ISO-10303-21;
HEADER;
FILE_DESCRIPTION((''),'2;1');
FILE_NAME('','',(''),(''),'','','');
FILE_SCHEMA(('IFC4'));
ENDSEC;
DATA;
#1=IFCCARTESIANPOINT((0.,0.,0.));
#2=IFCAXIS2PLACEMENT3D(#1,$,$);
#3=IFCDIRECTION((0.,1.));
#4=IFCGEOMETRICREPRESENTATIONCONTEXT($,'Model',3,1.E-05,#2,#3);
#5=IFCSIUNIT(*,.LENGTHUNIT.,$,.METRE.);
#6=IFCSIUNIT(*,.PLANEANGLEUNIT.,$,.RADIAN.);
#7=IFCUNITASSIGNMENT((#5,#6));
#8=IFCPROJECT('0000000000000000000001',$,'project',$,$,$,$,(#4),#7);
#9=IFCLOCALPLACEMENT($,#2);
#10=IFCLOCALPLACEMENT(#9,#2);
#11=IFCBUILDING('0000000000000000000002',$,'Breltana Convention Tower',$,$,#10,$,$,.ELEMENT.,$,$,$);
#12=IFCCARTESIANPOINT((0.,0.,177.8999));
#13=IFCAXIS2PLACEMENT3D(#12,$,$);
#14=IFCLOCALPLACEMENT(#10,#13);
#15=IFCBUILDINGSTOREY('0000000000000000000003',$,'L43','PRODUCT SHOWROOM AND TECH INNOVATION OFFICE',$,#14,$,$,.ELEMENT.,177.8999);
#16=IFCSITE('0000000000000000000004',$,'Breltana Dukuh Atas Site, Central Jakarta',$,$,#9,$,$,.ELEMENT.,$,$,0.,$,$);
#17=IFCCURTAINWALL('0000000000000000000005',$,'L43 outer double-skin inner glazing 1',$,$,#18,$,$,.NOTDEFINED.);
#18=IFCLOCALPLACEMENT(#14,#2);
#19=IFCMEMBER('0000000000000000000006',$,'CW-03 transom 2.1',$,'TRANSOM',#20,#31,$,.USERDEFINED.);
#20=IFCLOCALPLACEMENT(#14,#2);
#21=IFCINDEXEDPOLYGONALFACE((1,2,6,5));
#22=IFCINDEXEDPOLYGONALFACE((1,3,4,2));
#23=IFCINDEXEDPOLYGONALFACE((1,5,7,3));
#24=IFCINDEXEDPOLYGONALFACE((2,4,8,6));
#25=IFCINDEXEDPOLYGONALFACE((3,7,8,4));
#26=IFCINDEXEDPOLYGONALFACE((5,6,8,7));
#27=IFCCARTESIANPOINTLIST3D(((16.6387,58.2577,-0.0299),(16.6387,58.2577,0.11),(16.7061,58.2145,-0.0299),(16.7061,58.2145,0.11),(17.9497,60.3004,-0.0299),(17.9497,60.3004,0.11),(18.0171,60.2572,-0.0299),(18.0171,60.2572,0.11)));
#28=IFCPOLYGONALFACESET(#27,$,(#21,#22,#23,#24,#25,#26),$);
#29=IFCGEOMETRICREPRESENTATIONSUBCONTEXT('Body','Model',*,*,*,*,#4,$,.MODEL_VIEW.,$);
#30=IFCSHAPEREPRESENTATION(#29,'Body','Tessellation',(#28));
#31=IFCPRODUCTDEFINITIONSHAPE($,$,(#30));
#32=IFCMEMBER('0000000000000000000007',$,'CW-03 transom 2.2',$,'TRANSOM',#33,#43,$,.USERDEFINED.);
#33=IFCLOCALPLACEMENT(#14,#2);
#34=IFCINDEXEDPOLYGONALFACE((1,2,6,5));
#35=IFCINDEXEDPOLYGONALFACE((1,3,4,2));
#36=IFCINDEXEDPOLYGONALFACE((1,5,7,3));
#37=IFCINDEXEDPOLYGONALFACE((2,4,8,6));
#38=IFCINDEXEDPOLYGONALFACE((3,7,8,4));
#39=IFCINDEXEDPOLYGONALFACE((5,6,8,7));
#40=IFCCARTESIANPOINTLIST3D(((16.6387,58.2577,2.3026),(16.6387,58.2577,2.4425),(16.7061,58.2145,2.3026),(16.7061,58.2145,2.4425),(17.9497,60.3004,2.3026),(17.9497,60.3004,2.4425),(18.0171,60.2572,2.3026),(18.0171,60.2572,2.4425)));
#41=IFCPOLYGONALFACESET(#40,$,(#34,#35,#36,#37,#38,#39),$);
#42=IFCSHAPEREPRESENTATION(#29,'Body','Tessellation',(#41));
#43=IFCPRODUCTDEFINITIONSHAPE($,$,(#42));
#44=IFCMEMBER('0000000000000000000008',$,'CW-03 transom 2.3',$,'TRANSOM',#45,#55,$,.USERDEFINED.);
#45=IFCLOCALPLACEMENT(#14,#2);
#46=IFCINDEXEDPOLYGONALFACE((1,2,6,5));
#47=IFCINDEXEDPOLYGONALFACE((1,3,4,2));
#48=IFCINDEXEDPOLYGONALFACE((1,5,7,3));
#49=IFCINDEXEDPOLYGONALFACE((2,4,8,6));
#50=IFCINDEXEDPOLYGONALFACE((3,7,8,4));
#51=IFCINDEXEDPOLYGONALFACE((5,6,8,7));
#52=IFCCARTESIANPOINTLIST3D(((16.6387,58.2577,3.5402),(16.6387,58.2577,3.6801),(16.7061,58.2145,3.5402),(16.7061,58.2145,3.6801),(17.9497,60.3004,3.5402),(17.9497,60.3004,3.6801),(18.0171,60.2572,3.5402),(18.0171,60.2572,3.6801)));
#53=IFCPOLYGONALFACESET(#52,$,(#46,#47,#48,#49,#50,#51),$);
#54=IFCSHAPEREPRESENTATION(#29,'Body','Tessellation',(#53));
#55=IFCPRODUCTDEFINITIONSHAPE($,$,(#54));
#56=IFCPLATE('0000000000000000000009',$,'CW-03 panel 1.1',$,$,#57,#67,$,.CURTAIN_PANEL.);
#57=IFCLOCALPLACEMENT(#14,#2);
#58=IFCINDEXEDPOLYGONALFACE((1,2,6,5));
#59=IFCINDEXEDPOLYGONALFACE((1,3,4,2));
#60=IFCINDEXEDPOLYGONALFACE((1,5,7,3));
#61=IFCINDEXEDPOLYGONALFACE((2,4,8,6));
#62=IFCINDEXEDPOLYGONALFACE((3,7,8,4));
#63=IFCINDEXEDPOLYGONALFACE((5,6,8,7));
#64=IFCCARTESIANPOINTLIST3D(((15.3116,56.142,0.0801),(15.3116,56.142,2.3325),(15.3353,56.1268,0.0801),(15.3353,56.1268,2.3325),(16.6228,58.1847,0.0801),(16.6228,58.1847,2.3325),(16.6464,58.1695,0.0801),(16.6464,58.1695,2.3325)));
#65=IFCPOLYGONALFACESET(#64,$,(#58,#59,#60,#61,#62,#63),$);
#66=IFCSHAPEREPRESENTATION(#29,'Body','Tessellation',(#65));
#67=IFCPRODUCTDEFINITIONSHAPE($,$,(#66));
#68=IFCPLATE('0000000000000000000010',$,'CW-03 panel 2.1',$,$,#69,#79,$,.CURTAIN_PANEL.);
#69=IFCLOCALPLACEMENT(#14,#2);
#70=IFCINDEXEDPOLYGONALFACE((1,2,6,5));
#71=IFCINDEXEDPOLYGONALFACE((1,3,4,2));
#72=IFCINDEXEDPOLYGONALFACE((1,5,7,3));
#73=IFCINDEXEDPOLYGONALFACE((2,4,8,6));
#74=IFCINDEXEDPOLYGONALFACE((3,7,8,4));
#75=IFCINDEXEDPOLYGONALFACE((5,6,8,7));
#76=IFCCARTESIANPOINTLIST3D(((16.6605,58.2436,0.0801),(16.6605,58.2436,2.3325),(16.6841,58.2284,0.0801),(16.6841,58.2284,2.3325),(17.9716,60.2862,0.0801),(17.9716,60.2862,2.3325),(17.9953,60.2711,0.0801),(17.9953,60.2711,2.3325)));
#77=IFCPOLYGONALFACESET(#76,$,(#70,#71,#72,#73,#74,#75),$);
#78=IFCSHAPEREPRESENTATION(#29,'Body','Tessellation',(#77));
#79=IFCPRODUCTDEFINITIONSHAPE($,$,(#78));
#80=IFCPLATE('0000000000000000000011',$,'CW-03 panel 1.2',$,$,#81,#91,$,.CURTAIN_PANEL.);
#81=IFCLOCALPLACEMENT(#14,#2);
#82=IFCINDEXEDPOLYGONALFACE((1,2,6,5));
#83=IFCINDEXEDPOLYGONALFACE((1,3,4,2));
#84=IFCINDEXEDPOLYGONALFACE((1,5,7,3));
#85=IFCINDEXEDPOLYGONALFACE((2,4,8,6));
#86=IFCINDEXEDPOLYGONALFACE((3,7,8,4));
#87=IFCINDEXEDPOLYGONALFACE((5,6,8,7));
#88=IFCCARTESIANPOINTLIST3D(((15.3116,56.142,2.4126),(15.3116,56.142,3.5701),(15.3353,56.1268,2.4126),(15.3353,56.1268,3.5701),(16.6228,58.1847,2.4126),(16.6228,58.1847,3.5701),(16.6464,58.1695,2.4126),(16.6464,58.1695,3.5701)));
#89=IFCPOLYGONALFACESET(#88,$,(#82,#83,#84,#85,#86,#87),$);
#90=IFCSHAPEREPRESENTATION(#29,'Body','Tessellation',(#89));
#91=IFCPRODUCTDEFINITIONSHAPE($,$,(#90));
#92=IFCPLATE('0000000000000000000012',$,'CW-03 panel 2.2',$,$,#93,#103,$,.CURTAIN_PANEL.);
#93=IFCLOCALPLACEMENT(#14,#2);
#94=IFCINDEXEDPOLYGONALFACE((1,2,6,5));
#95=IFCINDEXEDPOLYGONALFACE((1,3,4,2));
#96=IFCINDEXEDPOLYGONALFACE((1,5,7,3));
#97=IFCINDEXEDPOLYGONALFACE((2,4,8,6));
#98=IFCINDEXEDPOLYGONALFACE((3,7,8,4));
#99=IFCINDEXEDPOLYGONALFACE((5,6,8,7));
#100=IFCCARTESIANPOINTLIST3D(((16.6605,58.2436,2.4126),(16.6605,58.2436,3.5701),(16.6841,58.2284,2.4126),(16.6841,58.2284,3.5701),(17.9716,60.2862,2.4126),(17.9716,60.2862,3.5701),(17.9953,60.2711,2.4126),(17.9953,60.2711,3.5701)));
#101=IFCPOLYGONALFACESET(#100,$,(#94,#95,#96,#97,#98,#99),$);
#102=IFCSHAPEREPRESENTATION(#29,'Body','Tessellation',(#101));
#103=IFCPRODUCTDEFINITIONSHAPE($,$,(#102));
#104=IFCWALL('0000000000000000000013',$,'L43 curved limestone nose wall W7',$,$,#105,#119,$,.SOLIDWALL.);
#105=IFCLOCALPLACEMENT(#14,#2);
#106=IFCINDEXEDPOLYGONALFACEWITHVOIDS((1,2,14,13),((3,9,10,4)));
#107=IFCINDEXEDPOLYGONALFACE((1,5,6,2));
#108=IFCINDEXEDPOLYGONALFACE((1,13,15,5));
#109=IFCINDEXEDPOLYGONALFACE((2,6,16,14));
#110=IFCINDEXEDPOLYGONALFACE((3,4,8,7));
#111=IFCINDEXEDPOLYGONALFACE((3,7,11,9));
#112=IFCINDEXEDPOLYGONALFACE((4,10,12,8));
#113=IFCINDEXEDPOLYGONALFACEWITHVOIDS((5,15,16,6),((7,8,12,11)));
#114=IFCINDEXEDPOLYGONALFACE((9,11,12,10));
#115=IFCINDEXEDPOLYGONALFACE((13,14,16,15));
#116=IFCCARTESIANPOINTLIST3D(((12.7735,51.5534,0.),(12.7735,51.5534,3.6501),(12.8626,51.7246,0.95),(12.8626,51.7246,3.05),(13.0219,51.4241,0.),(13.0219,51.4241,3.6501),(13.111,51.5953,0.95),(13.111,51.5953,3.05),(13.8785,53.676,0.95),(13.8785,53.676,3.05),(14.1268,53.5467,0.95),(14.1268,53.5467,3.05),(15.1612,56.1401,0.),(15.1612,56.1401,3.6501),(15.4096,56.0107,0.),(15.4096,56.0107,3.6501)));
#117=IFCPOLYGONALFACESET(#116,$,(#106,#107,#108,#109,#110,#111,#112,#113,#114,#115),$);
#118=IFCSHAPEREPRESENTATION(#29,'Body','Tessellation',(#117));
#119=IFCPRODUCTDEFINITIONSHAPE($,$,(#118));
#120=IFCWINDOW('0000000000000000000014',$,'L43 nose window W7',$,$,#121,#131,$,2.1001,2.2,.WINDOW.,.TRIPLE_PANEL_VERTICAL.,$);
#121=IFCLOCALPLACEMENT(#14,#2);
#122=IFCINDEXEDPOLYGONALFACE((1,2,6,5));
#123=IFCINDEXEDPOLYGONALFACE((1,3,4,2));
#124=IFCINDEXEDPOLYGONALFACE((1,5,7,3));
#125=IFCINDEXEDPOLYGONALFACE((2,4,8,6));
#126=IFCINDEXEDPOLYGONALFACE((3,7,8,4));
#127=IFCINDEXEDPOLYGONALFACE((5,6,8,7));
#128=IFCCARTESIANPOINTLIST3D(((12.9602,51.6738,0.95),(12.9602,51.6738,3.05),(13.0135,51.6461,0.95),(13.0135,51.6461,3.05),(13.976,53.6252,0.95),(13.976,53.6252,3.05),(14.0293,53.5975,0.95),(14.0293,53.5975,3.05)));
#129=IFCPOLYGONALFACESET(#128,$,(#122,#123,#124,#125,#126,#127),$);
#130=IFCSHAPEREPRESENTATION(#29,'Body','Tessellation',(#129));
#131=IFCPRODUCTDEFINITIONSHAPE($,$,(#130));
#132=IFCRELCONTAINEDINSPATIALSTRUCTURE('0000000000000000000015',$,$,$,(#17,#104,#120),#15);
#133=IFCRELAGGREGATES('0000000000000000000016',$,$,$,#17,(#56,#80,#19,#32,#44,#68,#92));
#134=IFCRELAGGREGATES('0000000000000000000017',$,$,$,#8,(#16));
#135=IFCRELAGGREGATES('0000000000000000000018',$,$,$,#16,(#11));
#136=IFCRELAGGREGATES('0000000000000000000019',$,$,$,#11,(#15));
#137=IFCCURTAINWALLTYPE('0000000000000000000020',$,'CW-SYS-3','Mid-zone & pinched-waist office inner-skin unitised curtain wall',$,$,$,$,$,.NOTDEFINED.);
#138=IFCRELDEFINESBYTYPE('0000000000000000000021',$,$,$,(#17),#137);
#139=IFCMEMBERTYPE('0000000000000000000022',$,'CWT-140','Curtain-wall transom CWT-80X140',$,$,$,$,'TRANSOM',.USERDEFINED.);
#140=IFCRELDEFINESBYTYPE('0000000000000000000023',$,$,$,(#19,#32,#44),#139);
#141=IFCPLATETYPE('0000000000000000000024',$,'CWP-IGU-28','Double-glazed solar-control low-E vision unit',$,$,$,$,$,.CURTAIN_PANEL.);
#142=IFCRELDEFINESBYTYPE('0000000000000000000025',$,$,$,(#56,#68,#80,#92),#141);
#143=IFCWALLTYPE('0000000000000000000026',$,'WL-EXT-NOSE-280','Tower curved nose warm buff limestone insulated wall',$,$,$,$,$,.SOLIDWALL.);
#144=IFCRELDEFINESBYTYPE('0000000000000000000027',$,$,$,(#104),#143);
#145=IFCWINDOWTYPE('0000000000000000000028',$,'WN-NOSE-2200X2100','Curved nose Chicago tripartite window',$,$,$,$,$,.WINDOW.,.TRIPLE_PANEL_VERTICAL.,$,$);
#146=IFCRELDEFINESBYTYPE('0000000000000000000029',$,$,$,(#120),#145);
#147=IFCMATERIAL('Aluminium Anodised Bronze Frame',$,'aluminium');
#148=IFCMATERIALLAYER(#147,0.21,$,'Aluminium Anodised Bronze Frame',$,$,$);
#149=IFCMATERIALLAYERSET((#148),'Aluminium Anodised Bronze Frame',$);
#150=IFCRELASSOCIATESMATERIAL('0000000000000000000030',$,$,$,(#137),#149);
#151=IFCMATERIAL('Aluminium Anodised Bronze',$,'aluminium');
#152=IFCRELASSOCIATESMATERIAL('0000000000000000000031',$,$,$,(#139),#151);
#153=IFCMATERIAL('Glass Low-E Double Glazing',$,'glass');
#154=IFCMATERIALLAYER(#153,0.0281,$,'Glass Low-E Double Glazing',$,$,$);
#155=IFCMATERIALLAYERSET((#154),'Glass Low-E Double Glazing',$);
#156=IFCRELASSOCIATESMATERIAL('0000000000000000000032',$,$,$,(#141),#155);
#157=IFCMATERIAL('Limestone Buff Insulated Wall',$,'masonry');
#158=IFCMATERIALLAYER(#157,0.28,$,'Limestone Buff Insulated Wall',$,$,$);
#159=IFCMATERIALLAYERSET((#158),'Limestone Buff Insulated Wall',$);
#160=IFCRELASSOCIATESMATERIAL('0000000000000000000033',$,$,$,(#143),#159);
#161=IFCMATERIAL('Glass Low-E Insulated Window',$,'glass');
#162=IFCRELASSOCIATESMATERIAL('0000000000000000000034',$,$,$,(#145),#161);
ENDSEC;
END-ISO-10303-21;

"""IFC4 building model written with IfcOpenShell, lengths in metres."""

from ifc_helpers import new_model, si_unit, direction, frame, frame_2d, origin, origin_2d, place, context, subcontext, project, spatial, rectangle, extrude, source, transform, mapped, material, layer, layer_set, material_profile, profile_set, type_object, type_shapes, element, fill, aggregate, save


model = new_model("IFC4")

# Units and contexts
model_context = context("Model", 3, precision=1e-05, world=origin(), true_north=direction((0.0, 1.0)))
body_context = subcontext(model_context, "Body", "Model", "MODEL_VIEW")
ifc_project = project(units=[si_unit("LENGTHUNIT", "METRE"), si_unit("PLANEANGLEUNIT", "RADIAN")], contexts=[model_context])

# Site, building, storey
site_placement = place(None, origin())
site = spatial("IfcSite", under=ifc_project, at=site_placement, Name="Breltana Dukuh Atas Site, Central Jakarta", CompositionType="ELEMENT", RefElevation=0.0)
building_placement = place(site_placement, origin())
building = spatial("IfcBuilding", under=site, at=building_placement, Name="Breltana Convention Tower", CompositionType="ELEMENT")
storey_placement = place(building_placement, frame((0.0, 0.0, 177.8999)))
storey = spatial("IfcBuildingStorey", under=building, at=storey_placement, Name="L43", Description="PRODUCT SHOWROOM AND TECH INNOVATION OFFICE", CompositionType="ELEMENT", Elevation=177.8999)

# Curtain wall, members, plates
ifc_material_1 = material(Name="Aluminium Anodised Bronze Frame", Category="aluminium")
ifc_layer_1 = layer(ifc_material_1, 0.21, Name="Aluminium Anodised Bronze Frame")
ifc_layer_set_1 = layer_set([ifc_layer_1], Name="Aluminium Anodised Bronze Frame")
curtain_wall_type = type_object("IfcCurtainWallType", Name="CW-SYS-3", Description="Mid-zone & pinched-waist office inner-skin unitised curtain wall", PredefinedType="NOTDEFINED", material=ifc_layer_set_1)
curtain_wall_placement = place(storey_placement, origin())
curtain_wall = element("IfcCurtainWall", 1, at=curtain_wall_placement, inside=storey, type_object=curtain_wall_type, Name="L43 outer double-skin inner glazing 1", PredefinedType="NOTDEFINED")
ifc_material_2 = material(Name="Aluminium Anodised Bronze", Category="aluminium")
ifc_material_profile_1 = material_profile(ifc_material_2, rectangle(XDim=0.0801, YDim=0.1399, at=origin_2d()), Name="CWT-80X140")
ifc_profile_set_1 = profile_set([ifc_material_profile_1], Name="Aluminium Anodised Bronze")
member_type_1 = type_object("IfcMemberType", Name="CWT-140", Description="Curtain-wall transom CWT-80X140", ElementType="TRANSOM", PredefinedType="USERDEFINED", material=ifc_profile_set_1)
shared_shape_1 = source(origin(), body_context, "Body", "SweptSolid", [
    extrude(rectangle(XDim=0.0801, YDim=0.1399, at=origin_2d()), origin(), (0.0, 0.0, 1.0), 2.4272),
])
member_1_placement = place(storey_placement, frame((16.6724, 58.2361, 0.04), z_axis=(0.540132, 0.84158, 0.0), x_axis=(-0.84158, 0.540132, 0.0)))
member_1 = element("IfcMember", 2, at=member_1_placement, type_object=member_type_1, Name="CW-03 transom 2.1", ObjectType="TRANSOM", PredefinedType="USERDEFINED", context=body_context, shape_type="MappedRepresentation", body=[
    mapped(shared_shape_1, transform((0.0, 0.0, 0.0), scale=1.0)),
])
member_2_placement = place(storey_placement, frame((16.6724, 58.2361, 2.3726), z_axis=(0.540132, 0.84158, 0.0), x_axis=(-0.84158, 0.540132, 0.0)))
member_2 = element("IfcMember", 3, at=member_2_placement, type_object=member_type_1, Name="CW-03 transom 2.2", ObjectType="TRANSOM", PredefinedType="USERDEFINED", context=body_context, shape_type="MappedRepresentation", body=[
    mapped(shared_shape_1, transform((0.0, 0.0, 0.0), scale=1.0)),
])
member_3_placement = place(storey_placement, frame((16.6724, 58.2361, 3.6101), z_axis=(0.540132, 0.84158, 0.0), x_axis=(-0.84158, 0.540132, 0.0)))
member_3 = element("IfcMember", 4, at=member_3_placement, type_object=member_type_1, Name="CW-03 transom 2.3", ObjectType="TRANSOM", PredefinedType="USERDEFINED", context=body_context, shape_type="MappedRepresentation", body=[
    mapped(shared_shape_1, transform((0.0, 0.0, 0.0), scale=1.0)),
])
ifc_material_3 = material(Name="Glass Low-E Double Glazing", Category="glass")
ifc_layer_2 = layer(ifc_material_3, 0.0281, Name="Glass Low-E Double Glazing")
ifc_layer_set_2 = layer_set([ifc_layer_2], Name="Glass Low-E Double Glazing")
plate_type = type_object("IfcPlateType", Name="CWP-IGU-28", Description="Double-glazed solar-control low-E vision unit", PredefinedType="CURTAIN_PANEL", material=ifc_layer_set_2)
shared_shape_2 = source(origin(), body_context, "Body", "SweptSolid", [
    extrude(rectangle(XDim=2.4272, YDim=0.0281, at=origin_2d()), origin(), (0.0, 0.0, 1.0), 2.2524),
])
plate_1_placement = place(storey_placement, frame((15.979, 57.1558, 0.0801), z_axis=(0.0, 0.0, 1.0), x_axis=(0.540173, 0.841554, 0.0)))
plate_1 = element("IfcPlate", 5, at=plate_1_placement, type_object=plate_type, Name="CW-03 panel 1.1", PredefinedType="CURTAIN_PANEL", context=body_context, shape_type="MappedRepresentation", body=[
    mapped(shared_shape_2, transform((0.0, 0.0, 0.0), scale=1.0)),
])
plate_2_placement = place(storey_placement, frame((17.3279, 59.2573, 0.0801), z_axis=(0.0, 0.0, 1.0), x_axis=(0.540173, 0.841554, 0.0)))
plate_2 = element("IfcPlate", 6, at=plate_2_placement, type_object=plate_type, Name="CW-03 panel 2.1", PredefinedType="CURTAIN_PANEL", context=body_context, shape_type="MappedRepresentation", body=[
    mapped(shared_shape_2, transform((0.0, 0.0, 0.0), scale=1.0)),
])
shared_shape_3 = source(origin(), body_context, "Body", "SweptSolid", [
    extrude(rectangle(XDim=2.4272, YDim=0.0281, at=origin_2d()), origin(), (0.0, 0.0, 1.0), 1.1575),
])
plate_3_placement = place(storey_placement, frame((15.979, 57.1558, 2.4126), z_axis=(0.0, 0.0, 1.0), x_axis=(0.540173, 0.841554, 0.0)))
plate_3 = element("IfcPlate", 7, at=plate_3_placement, type_object=plate_type, Name="CW-03 panel 1.2", PredefinedType="CURTAIN_PANEL", context=body_context, shape_type="MappedRepresentation", body=[
    mapped(shared_shape_3, transform((0.0, 0.0, 0.0), scale=1.0)),
])
plate_4_placement = place(storey_placement, frame((17.3279, 59.2573, 2.4126), z_axis=(0.0, 0.0, 1.0), x_axis=(0.540173, 0.841554, 0.0)))
plate_4 = element("IfcPlate", 8, at=plate_4_placement, type_object=plate_type, Name="CW-03 panel 2.2", PredefinedType="CURTAIN_PANEL", context=body_context, shape_type="MappedRepresentation", body=[
    mapped(shared_shape_3, transform((0.0, 0.0, 0.0), scale=1.0)),
])
aggregate(curtain_wall, [plate_1, plate_3, member_1, member_2, member_3, plate_2, plate_4])

# Wall, opening, window
ifc_material_4 = material(Name="Limestone Buff Insulated Wall", Category="masonry")
ifc_layer_3 = layer(ifc_material_4, 0.28, Name="Limestone Buff Insulated Wall")
ifc_layer_set_3 = layer_set([ifc_layer_3], Name="Limestone Buff Insulated Wall")
wall_type = type_object("IfcWallType", Name="WL-EXT-NOSE-280", Description="Tower curved nose warm buff limestone insulated wall", PredefinedType="SOLIDWALL", material=ifc_layer_set_3)
shared_shape_4 = source(origin(), body_context, "Body", "SweptSolid", [
    extrude(rectangle(XDim=5.1709, YDim=0.28, at=frame_2d((2.5854, 0.0))), origin(), (0.0, 0.0, 1.0), 3.6501),
])
wall_placement = place(storey_placement, frame((12.8977, 51.4888, 0.0), z_axis=(0.0, 0.0, 1.0), x_axis=(0.461753, 0.887009, 0.0)))
wall = element("IfcWall", 9, at=wall_placement, inside=storey, type_object=wall_type, Name="L43 curved limestone nose wall W7", PredefinedType="SOLIDWALL", context=body_context, shape_type="MappedRepresentation", body=[
    mapped(shared_shape_4, transform((0.0, 0.0, 0.0), scale=1.0)),
])
opening_placement = place(wall_placement, frame((0.1929, 0.0, 0.95)))
opening = element("IfcOpeningElement", 10, at=opening_placement, cuts=wall, PredefinedType="OPENING", context=body_context, shape_type="SweptSolid", body=[
    extrude(rectangle(XDim=2.2, YDim=2.1001, at=frame_2d((1.1001, 1.05))), frame((0.0, 0.1499, 0.0), z_axis=(0.0, -1.0, 0.0), x_axis=(1.0, 0.0, 0.0)), (0.0, 0.0, 1.0), 0.3),
])
ifc_material_5 = material(Name="Glass Low-E Insulated Window", Category="glass")
window_type = type_object("IfcWindowType", Name="WN-NOSE-2200X2100", Description="Curved nose Chicago tripartite window", PartitioningType="TRIPLE_PANEL_VERTICAL", PredefinedType="WINDOW", material=ifc_material_5)
shared_shape_5 = source(origin(), body_context, "Body", "SweptSolid", [
    extrude(rectangle(XDim=2.2, YDim=2.1001, at=frame_2d((1.1001, 1.05))), frame((0.0, 0.03, 0.0), z_axis=(0.0, -1.0, 0.0), x_axis=(1.0, 0.0, 0.0)), (0.0, 0.0, 1.0), 0.0601),
])
type_shapes(window_type, [shared_shape_5])
window_placement = place(opening_placement, origin())
window = element("IfcWindow", 11, at=window_placement, inside=storey, type_object=window_type, Name="L43 nose window W7", OverallHeight=2.1001, OverallWidth=2.2, PartitioningType="TRIPLE_PANEL_VERTICAL", PredefinedType="WINDOW", context=body_context, shape_type="MappedRepresentation", body=[
    mapped(shared_shape_5, transform((0.0, 0.0, 0.0), scale=1.0)),
])
fill(opening, window)

save(model, "model.ifc")
